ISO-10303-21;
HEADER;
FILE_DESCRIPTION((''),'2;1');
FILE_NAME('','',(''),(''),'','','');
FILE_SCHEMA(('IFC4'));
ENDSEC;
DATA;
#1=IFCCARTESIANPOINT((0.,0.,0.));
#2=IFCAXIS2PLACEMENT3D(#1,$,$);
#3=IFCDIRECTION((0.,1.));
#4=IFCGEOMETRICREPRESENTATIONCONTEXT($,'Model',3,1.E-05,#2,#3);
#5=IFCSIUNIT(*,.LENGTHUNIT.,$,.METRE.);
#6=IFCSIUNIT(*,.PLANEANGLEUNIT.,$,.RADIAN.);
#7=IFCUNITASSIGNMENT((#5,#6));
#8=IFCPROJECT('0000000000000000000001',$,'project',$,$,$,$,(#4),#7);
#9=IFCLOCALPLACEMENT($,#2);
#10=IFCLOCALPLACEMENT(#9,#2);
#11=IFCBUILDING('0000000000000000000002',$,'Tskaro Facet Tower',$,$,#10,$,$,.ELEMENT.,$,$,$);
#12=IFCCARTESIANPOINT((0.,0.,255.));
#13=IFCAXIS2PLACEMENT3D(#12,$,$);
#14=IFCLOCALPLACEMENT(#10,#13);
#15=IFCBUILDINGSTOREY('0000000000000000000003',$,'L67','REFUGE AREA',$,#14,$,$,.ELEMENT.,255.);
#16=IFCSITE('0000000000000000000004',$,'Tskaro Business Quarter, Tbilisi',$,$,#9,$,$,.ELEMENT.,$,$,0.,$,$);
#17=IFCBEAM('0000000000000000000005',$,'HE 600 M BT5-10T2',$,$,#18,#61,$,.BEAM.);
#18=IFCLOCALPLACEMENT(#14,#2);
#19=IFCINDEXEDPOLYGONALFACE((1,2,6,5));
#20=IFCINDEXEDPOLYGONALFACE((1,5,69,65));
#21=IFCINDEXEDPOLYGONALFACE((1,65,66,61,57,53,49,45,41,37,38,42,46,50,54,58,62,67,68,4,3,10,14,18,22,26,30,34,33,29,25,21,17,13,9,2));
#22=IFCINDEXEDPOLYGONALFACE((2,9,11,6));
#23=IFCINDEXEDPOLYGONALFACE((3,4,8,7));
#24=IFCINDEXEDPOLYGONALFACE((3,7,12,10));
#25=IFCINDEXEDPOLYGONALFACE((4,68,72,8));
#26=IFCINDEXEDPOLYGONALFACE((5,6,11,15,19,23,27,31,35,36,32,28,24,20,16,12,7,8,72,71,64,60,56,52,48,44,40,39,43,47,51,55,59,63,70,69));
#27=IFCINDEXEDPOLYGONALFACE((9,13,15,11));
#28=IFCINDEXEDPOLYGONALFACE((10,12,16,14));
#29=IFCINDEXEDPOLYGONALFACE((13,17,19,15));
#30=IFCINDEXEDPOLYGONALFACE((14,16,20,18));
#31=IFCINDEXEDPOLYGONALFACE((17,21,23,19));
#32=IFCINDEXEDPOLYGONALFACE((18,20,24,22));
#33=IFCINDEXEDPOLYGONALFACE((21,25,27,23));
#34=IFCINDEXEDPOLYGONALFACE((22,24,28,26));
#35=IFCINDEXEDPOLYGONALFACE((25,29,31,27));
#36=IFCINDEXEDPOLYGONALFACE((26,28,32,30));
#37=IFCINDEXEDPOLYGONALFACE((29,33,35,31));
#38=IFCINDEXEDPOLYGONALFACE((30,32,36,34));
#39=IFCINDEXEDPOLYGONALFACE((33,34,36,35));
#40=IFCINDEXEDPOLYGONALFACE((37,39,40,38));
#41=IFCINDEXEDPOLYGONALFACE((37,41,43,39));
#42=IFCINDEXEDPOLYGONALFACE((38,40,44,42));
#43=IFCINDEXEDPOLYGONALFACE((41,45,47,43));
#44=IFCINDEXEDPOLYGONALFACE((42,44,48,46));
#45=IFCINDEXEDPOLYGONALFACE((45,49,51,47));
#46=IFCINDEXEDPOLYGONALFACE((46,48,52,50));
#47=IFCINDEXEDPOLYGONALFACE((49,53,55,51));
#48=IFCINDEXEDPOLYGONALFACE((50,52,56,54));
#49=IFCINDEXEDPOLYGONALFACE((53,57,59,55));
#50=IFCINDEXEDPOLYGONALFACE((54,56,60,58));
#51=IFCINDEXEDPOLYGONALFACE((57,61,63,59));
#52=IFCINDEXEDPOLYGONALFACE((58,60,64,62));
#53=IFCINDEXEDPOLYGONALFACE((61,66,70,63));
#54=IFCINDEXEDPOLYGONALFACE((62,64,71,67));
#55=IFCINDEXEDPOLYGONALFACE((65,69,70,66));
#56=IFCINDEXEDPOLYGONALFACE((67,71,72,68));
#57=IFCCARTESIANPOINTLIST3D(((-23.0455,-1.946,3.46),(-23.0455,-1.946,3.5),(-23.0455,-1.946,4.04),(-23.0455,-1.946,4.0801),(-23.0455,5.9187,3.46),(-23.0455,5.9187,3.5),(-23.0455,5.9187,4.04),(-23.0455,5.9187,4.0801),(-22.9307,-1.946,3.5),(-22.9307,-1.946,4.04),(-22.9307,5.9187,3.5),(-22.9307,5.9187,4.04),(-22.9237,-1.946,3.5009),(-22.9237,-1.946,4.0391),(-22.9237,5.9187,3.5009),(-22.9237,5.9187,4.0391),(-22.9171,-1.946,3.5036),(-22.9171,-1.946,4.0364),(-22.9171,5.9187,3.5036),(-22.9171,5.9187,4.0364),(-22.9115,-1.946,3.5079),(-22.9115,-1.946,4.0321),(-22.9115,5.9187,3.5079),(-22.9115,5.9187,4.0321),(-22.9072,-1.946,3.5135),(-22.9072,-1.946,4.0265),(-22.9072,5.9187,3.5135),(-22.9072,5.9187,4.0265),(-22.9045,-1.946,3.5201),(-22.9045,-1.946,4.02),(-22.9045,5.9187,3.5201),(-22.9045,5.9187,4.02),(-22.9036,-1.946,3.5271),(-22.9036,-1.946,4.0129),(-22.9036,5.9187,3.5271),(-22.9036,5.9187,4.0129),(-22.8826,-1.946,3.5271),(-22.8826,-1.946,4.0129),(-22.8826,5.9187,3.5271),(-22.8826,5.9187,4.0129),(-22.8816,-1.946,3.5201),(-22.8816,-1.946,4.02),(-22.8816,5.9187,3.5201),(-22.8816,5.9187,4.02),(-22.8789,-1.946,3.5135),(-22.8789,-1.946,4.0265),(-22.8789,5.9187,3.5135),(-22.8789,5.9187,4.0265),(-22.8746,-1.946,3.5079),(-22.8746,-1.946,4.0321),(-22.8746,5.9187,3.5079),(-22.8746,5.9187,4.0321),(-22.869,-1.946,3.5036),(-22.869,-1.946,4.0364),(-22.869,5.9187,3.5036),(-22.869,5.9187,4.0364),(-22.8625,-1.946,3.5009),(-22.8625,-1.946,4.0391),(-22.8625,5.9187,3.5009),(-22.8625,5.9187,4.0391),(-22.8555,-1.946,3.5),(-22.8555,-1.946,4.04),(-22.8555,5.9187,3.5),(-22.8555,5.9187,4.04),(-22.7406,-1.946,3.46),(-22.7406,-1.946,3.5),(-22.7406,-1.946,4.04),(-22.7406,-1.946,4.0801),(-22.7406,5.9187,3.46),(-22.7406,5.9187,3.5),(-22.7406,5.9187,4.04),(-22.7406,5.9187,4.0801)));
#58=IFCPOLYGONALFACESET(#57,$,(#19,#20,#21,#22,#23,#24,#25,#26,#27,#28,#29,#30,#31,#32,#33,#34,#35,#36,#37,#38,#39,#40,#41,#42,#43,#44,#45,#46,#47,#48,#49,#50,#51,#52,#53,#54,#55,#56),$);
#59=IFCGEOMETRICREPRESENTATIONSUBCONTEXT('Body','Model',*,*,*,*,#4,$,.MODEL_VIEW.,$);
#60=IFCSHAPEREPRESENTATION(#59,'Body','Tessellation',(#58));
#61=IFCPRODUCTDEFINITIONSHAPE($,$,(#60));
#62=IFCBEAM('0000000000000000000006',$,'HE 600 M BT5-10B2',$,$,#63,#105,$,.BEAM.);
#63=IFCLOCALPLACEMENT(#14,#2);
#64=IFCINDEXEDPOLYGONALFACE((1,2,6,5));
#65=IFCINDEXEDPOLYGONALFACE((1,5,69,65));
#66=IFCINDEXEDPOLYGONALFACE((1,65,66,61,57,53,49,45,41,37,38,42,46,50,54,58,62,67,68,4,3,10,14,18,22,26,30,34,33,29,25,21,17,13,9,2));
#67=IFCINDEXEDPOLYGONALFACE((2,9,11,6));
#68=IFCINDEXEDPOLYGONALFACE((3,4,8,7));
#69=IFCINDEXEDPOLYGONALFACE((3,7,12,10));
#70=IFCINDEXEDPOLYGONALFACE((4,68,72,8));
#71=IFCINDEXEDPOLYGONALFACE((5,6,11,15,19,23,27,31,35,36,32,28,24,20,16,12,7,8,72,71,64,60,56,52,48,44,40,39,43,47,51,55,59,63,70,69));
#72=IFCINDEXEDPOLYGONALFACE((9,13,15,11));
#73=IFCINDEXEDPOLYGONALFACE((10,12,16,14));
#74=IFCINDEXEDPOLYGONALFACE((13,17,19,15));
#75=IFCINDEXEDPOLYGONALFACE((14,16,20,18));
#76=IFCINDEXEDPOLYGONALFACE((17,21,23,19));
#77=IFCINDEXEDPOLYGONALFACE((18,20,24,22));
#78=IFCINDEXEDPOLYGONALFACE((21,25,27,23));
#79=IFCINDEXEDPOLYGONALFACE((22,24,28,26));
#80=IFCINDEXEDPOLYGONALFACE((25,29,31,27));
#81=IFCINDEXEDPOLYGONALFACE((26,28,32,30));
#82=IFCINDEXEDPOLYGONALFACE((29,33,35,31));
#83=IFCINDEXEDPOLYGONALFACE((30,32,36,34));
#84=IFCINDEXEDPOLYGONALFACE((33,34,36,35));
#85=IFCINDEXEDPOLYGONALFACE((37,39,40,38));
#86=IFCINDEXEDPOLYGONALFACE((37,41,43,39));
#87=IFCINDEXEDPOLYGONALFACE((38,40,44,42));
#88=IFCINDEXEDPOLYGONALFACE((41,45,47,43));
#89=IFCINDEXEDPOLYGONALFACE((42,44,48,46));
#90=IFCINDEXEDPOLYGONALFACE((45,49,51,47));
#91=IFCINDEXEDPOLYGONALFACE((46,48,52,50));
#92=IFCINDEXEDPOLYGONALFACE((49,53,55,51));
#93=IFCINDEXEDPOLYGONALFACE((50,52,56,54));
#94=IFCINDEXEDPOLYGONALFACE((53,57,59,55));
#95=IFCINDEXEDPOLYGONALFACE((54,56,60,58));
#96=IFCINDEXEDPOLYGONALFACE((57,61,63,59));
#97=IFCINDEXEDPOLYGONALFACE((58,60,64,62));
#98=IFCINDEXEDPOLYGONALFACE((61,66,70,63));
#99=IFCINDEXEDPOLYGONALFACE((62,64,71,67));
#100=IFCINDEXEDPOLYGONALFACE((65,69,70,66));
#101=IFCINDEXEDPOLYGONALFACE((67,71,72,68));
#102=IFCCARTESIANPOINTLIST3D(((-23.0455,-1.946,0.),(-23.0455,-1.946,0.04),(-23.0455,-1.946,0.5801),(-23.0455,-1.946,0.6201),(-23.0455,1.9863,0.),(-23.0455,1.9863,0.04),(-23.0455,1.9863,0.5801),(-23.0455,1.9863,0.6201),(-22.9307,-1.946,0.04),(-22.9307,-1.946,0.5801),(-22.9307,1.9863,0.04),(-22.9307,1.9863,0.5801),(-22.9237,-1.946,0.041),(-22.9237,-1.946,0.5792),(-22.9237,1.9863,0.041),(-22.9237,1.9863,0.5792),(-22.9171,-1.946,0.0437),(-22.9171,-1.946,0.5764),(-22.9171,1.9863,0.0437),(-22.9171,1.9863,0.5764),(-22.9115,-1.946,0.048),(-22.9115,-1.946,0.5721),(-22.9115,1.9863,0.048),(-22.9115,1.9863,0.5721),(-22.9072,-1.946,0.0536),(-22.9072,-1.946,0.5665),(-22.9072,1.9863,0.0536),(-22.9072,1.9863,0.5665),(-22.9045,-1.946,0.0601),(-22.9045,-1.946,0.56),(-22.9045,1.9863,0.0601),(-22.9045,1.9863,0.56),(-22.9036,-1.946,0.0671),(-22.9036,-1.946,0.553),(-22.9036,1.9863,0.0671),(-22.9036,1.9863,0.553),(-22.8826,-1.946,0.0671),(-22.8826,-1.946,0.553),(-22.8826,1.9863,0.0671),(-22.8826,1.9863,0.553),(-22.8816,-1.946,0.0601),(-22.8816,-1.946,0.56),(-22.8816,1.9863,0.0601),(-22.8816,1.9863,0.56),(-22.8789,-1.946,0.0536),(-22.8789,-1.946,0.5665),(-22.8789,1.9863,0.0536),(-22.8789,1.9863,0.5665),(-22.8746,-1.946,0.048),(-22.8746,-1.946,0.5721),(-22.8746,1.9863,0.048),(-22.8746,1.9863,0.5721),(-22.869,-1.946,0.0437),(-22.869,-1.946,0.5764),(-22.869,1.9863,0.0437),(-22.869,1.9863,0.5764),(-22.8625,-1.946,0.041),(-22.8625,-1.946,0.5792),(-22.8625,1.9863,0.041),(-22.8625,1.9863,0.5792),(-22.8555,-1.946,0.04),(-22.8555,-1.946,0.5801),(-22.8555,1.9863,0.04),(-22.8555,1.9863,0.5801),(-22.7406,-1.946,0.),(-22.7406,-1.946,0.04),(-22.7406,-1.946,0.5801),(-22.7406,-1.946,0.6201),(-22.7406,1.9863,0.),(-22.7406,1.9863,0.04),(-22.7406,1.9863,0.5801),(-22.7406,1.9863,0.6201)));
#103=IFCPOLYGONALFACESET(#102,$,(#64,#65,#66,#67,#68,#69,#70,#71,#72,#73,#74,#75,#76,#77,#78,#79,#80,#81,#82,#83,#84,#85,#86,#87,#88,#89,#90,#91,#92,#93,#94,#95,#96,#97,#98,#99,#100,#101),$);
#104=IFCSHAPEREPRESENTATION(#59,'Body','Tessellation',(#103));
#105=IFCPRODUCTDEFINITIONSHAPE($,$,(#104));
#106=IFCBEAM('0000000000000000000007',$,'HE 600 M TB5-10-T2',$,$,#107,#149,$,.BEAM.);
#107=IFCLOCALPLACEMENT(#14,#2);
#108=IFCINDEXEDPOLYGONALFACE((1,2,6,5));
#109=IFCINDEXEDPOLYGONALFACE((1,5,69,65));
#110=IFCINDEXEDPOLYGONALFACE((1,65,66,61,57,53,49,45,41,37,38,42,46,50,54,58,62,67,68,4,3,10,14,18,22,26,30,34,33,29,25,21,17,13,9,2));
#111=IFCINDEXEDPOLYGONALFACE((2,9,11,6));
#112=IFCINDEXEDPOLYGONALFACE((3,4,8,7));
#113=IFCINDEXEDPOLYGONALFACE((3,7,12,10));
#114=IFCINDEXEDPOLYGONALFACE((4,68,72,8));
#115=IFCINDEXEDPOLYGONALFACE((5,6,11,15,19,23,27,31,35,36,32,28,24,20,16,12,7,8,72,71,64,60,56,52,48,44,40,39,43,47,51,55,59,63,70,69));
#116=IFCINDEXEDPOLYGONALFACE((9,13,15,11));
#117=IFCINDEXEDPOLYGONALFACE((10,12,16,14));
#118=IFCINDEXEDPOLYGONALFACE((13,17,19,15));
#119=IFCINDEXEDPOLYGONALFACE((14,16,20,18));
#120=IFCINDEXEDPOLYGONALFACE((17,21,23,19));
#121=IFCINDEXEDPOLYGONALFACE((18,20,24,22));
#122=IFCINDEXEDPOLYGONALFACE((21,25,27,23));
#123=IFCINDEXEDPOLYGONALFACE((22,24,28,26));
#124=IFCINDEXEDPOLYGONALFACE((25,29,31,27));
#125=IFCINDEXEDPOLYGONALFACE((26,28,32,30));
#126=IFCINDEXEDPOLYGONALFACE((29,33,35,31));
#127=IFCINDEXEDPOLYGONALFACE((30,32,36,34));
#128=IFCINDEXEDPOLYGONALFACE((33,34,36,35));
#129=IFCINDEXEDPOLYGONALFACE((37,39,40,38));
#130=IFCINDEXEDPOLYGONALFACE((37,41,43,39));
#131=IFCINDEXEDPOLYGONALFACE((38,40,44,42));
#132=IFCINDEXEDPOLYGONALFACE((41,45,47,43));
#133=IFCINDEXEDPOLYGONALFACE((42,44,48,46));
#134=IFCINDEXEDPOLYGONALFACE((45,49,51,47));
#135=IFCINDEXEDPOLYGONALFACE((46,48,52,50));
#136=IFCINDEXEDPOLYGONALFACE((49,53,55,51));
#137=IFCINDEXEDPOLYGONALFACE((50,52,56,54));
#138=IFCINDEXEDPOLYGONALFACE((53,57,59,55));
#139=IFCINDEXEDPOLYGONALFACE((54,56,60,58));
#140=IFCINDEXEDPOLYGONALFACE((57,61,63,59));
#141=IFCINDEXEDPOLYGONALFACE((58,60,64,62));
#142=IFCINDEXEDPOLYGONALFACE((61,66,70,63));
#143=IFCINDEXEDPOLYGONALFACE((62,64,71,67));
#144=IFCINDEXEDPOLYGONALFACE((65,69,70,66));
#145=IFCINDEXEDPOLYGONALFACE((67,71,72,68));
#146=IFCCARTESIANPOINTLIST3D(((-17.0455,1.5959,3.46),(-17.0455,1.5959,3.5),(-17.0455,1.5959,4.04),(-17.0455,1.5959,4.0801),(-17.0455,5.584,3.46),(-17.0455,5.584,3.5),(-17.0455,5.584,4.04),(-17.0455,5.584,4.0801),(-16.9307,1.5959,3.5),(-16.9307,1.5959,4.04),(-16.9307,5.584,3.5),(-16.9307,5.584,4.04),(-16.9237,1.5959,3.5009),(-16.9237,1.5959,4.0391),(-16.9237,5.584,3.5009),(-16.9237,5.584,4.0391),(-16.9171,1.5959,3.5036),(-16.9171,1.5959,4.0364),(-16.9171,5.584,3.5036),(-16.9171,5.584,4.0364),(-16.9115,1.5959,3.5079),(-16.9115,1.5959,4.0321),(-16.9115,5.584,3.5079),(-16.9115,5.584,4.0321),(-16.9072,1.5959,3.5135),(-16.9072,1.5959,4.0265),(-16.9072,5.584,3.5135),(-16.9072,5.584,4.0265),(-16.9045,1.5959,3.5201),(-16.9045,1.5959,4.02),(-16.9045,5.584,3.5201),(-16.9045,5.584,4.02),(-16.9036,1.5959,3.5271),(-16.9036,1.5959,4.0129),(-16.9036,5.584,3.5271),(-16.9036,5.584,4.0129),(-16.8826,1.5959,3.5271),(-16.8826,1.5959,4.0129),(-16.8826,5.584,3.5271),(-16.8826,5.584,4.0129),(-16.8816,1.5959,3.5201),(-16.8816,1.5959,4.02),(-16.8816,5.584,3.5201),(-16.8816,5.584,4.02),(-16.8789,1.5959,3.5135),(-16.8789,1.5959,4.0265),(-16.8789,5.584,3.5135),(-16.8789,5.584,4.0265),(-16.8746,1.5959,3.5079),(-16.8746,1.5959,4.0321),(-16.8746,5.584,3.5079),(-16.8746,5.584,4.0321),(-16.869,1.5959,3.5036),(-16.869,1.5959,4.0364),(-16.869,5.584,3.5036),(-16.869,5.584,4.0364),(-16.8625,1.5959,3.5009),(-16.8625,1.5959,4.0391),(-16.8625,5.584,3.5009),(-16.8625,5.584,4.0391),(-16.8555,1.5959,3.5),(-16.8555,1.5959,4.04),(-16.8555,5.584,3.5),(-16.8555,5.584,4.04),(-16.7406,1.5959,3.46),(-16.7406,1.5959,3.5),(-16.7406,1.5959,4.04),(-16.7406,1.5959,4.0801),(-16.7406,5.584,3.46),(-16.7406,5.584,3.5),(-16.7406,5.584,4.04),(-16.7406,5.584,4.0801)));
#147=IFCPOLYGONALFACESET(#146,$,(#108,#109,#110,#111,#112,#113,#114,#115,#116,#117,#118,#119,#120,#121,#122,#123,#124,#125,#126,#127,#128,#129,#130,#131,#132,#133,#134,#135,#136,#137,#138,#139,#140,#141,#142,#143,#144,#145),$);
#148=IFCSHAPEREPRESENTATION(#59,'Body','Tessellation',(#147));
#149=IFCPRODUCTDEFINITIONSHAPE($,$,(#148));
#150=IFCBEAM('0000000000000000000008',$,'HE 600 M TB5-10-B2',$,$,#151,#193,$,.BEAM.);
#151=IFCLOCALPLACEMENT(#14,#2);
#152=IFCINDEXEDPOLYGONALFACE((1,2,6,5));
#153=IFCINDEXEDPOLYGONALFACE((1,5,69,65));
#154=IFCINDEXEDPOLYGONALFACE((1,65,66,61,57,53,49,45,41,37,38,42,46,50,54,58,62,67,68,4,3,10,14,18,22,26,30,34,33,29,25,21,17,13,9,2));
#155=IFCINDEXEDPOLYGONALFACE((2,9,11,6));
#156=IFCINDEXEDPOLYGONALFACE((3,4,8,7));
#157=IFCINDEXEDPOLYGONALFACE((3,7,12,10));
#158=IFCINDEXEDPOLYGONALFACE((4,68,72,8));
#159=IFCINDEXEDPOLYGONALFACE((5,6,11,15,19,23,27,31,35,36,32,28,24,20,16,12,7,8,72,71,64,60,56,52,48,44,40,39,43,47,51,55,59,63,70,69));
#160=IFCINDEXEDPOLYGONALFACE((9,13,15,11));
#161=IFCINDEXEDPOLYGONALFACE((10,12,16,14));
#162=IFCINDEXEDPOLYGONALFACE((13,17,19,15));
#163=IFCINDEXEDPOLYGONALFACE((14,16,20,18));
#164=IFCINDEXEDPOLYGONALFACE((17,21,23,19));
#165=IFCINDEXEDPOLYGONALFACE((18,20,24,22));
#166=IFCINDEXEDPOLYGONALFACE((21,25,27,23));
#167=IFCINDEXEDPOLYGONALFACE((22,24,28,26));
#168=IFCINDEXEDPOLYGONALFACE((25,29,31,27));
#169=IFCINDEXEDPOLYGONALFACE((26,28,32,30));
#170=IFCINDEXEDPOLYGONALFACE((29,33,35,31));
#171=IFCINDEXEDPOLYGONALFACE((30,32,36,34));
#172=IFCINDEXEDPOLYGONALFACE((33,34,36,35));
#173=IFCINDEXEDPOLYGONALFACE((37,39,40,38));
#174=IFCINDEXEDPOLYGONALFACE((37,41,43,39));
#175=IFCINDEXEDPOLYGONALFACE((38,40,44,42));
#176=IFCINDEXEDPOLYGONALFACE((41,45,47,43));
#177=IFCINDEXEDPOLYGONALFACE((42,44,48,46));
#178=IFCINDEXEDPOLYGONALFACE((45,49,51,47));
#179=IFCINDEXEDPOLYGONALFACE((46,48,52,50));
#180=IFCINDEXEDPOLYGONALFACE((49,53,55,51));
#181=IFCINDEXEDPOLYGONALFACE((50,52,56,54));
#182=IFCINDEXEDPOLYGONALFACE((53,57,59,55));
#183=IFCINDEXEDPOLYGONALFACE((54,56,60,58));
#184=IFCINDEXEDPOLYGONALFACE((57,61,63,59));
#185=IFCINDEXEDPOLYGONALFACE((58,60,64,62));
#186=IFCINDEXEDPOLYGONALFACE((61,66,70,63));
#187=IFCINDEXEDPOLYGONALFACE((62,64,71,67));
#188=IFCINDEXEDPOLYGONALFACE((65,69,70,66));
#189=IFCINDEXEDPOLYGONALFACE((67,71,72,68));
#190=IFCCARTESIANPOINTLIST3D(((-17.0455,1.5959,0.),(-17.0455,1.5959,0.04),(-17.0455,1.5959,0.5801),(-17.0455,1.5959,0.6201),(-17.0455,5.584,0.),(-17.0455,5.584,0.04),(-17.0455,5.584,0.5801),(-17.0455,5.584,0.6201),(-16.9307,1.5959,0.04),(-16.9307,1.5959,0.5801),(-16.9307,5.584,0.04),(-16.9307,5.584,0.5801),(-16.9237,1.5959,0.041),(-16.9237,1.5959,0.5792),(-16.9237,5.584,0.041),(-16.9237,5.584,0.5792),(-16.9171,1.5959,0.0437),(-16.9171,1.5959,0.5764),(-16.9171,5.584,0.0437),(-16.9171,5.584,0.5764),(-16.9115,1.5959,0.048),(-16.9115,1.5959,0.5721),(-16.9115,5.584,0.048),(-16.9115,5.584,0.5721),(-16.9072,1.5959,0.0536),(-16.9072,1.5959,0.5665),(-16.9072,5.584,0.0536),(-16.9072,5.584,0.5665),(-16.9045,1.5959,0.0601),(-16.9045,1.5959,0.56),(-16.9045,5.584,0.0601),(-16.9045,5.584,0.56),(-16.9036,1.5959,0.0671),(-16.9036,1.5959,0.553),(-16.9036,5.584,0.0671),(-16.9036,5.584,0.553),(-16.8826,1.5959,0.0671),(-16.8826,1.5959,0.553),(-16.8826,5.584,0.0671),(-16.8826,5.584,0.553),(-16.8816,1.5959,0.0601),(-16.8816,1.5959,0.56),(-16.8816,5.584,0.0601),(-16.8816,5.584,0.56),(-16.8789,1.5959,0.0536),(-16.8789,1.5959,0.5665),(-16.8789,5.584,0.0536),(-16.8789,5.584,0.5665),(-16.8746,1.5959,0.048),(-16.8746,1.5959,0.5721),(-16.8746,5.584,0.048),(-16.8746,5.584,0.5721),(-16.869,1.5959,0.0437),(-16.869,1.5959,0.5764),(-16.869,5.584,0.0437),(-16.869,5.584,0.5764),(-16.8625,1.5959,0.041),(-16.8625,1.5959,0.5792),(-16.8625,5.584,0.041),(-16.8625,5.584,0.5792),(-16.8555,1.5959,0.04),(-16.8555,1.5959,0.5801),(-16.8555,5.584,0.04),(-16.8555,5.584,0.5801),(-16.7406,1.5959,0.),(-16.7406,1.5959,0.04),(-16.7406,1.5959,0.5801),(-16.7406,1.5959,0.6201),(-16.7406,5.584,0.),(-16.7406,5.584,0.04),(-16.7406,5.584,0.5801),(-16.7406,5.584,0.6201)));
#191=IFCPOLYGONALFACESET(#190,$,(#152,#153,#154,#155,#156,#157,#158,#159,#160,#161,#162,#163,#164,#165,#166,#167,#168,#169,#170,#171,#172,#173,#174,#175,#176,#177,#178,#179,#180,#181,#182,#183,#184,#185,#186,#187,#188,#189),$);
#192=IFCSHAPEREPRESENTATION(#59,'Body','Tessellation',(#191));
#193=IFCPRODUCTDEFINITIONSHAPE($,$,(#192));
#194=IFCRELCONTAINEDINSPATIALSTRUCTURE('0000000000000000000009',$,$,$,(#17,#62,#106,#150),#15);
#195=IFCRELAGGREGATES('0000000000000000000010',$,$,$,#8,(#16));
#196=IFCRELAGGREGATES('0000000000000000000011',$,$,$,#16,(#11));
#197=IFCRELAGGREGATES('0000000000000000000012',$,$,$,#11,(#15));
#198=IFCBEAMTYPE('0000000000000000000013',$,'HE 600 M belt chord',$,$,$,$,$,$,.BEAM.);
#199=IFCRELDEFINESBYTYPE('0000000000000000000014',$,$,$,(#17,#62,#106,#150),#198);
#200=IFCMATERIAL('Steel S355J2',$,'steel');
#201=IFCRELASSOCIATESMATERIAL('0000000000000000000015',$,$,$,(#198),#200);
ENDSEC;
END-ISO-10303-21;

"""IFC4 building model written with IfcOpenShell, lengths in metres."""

from ifc_helpers import new_model, si_unit, direction, frame, origin, origin_2d, place, context, subcontext, project, spatial, i_section, extrude, material, material_profile, profile_set, type_object, element, save


model = new_model("IFC4")

# Units and contexts
model_context = context("Model", 3, precision=1e-05, world=origin(), true_north=direction((0.0, 1.0)))
body_context = subcontext(model_context, "Body", "Model", "MODEL_VIEW")
ifc_project = project(units=[si_unit("LENGTHUNIT", "METRE"), si_unit("PLANEANGLEUNIT", "RADIAN")], contexts=[model_context])

# Site, building, storey
site_placement = place(None, origin())
site = spatial("IfcSite", under=ifc_project, at=site_placement, Name="Tskaro Business Quarter, Tbilisi", CompositionType="ELEMENT", RefElevation=0.0)
building_placement = place(site_placement, origin())
building = spatial("IfcBuilding", under=site, at=building_placement, Name="Tskaro Facet Tower", CompositionType="ELEMENT")
storey_placement = place(building_placement, frame((0.0, 0.0, 255.0)))
storey = spatial("IfcBuildingStorey", under=building, at=storey_placement, Name="L67", Description="REFUGE AREA", CompositionType="ELEMENT", Elevation=255.0)

# Shared definitions
ifc_material_1 = material(Name="Steel S355J2", Category="steel")

# Beams
ifc_material_profile_1 = material_profile(ifc_material_1, i_section(OverallWidth=0.3049, OverallDepth=0.6201, WebThickness=0.021, FlangeThickness=0.04, FilletRadius=0.0271, at=origin_2d()), Name="HE 600 M")
ifc_profile_set_1 = profile_set([ifc_material_profile_1], Name="Steel S355J2")
beam_type_1 = type_object("IfcBeamType", Name="HE 600 M belt chord", PredefinedType="BEAM", material=ifc_profile_set_1)
beam_1_placement = place(storey_placement, frame((-22.8931, 5.9187, 3.77), z_axis=(0.0, -1.0, 0.0), x_axis=(1.0, 0.0, 0.0)))
element("IfcBeam", 1, at=beam_1_placement, inside=storey, type_object=beam_type_1, Name="HE 600 M BT5-10T2", PredefinedType="BEAM", context=body_context, shape_type="SweptSolid", body=[
    extrude(i_section(OverallWidth=0.3049, OverallDepth=0.6201, WebThickness=0.021, FlangeThickness=0.04, FilletRadius=0.0271, at=origin_2d()), origin(), (0.0, 0.0, 1.0), 7.8647),
])
beam_2_placement = place(storey_placement, frame((-22.8931, 1.9863, 0.3101), z_axis=(0.0, -1.0, 0.0), x_axis=(1.0, 0.0, 0.0)))
element("IfcBeam", 2, at=beam_2_placement, inside=storey, type_object=beam_type_1, Name="HE 600 M BT5-10B2", PredefinedType="BEAM", context=body_context, shape_type="SweptSolid", body=[
    extrude(i_section(OverallWidth=0.3049, OverallDepth=0.6201, WebThickness=0.021, FlangeThickness=0.04, FilletRadius=0.0271, at=origin_2d()), origin(), (0.0, 0.0, 1.0), 3.9324),
])
for number, where, z_axis, x_axis, name in (
    (3, (-16.8931, 5.584, 3.77), (0.0, -1.0, 0.0), (1.0, 0.0, 0.0), "HE 600 M TB5-10-T2"),
    (4, (-16.8931, 5.584, 0.3101), (0.0, -1.0, 0.0), (1.0, 0.0, 0.0), "HE 600 M TB5-10-B2"),
):
    element("IfcBeam", number, at=place(storey_placement, frame(where, z_axis=z_axis, x_axis=x_axis)), inside=storey, type_object=beam_type_1, Name=name, PredefinedType="BEAM", context=body_context, shape_type="SweptSolid", body=[
        extrude(i_section(OverallWidth=0.3049, OverallDepth=0.6201, WebThickness=0.021, FlangeThickness=0.04, FilletRadius=0.0271, at=origin_2d()), origin(), (0.0, 0.0, 1.0), 3.988),
    ])

save(model, "model.ifc")
